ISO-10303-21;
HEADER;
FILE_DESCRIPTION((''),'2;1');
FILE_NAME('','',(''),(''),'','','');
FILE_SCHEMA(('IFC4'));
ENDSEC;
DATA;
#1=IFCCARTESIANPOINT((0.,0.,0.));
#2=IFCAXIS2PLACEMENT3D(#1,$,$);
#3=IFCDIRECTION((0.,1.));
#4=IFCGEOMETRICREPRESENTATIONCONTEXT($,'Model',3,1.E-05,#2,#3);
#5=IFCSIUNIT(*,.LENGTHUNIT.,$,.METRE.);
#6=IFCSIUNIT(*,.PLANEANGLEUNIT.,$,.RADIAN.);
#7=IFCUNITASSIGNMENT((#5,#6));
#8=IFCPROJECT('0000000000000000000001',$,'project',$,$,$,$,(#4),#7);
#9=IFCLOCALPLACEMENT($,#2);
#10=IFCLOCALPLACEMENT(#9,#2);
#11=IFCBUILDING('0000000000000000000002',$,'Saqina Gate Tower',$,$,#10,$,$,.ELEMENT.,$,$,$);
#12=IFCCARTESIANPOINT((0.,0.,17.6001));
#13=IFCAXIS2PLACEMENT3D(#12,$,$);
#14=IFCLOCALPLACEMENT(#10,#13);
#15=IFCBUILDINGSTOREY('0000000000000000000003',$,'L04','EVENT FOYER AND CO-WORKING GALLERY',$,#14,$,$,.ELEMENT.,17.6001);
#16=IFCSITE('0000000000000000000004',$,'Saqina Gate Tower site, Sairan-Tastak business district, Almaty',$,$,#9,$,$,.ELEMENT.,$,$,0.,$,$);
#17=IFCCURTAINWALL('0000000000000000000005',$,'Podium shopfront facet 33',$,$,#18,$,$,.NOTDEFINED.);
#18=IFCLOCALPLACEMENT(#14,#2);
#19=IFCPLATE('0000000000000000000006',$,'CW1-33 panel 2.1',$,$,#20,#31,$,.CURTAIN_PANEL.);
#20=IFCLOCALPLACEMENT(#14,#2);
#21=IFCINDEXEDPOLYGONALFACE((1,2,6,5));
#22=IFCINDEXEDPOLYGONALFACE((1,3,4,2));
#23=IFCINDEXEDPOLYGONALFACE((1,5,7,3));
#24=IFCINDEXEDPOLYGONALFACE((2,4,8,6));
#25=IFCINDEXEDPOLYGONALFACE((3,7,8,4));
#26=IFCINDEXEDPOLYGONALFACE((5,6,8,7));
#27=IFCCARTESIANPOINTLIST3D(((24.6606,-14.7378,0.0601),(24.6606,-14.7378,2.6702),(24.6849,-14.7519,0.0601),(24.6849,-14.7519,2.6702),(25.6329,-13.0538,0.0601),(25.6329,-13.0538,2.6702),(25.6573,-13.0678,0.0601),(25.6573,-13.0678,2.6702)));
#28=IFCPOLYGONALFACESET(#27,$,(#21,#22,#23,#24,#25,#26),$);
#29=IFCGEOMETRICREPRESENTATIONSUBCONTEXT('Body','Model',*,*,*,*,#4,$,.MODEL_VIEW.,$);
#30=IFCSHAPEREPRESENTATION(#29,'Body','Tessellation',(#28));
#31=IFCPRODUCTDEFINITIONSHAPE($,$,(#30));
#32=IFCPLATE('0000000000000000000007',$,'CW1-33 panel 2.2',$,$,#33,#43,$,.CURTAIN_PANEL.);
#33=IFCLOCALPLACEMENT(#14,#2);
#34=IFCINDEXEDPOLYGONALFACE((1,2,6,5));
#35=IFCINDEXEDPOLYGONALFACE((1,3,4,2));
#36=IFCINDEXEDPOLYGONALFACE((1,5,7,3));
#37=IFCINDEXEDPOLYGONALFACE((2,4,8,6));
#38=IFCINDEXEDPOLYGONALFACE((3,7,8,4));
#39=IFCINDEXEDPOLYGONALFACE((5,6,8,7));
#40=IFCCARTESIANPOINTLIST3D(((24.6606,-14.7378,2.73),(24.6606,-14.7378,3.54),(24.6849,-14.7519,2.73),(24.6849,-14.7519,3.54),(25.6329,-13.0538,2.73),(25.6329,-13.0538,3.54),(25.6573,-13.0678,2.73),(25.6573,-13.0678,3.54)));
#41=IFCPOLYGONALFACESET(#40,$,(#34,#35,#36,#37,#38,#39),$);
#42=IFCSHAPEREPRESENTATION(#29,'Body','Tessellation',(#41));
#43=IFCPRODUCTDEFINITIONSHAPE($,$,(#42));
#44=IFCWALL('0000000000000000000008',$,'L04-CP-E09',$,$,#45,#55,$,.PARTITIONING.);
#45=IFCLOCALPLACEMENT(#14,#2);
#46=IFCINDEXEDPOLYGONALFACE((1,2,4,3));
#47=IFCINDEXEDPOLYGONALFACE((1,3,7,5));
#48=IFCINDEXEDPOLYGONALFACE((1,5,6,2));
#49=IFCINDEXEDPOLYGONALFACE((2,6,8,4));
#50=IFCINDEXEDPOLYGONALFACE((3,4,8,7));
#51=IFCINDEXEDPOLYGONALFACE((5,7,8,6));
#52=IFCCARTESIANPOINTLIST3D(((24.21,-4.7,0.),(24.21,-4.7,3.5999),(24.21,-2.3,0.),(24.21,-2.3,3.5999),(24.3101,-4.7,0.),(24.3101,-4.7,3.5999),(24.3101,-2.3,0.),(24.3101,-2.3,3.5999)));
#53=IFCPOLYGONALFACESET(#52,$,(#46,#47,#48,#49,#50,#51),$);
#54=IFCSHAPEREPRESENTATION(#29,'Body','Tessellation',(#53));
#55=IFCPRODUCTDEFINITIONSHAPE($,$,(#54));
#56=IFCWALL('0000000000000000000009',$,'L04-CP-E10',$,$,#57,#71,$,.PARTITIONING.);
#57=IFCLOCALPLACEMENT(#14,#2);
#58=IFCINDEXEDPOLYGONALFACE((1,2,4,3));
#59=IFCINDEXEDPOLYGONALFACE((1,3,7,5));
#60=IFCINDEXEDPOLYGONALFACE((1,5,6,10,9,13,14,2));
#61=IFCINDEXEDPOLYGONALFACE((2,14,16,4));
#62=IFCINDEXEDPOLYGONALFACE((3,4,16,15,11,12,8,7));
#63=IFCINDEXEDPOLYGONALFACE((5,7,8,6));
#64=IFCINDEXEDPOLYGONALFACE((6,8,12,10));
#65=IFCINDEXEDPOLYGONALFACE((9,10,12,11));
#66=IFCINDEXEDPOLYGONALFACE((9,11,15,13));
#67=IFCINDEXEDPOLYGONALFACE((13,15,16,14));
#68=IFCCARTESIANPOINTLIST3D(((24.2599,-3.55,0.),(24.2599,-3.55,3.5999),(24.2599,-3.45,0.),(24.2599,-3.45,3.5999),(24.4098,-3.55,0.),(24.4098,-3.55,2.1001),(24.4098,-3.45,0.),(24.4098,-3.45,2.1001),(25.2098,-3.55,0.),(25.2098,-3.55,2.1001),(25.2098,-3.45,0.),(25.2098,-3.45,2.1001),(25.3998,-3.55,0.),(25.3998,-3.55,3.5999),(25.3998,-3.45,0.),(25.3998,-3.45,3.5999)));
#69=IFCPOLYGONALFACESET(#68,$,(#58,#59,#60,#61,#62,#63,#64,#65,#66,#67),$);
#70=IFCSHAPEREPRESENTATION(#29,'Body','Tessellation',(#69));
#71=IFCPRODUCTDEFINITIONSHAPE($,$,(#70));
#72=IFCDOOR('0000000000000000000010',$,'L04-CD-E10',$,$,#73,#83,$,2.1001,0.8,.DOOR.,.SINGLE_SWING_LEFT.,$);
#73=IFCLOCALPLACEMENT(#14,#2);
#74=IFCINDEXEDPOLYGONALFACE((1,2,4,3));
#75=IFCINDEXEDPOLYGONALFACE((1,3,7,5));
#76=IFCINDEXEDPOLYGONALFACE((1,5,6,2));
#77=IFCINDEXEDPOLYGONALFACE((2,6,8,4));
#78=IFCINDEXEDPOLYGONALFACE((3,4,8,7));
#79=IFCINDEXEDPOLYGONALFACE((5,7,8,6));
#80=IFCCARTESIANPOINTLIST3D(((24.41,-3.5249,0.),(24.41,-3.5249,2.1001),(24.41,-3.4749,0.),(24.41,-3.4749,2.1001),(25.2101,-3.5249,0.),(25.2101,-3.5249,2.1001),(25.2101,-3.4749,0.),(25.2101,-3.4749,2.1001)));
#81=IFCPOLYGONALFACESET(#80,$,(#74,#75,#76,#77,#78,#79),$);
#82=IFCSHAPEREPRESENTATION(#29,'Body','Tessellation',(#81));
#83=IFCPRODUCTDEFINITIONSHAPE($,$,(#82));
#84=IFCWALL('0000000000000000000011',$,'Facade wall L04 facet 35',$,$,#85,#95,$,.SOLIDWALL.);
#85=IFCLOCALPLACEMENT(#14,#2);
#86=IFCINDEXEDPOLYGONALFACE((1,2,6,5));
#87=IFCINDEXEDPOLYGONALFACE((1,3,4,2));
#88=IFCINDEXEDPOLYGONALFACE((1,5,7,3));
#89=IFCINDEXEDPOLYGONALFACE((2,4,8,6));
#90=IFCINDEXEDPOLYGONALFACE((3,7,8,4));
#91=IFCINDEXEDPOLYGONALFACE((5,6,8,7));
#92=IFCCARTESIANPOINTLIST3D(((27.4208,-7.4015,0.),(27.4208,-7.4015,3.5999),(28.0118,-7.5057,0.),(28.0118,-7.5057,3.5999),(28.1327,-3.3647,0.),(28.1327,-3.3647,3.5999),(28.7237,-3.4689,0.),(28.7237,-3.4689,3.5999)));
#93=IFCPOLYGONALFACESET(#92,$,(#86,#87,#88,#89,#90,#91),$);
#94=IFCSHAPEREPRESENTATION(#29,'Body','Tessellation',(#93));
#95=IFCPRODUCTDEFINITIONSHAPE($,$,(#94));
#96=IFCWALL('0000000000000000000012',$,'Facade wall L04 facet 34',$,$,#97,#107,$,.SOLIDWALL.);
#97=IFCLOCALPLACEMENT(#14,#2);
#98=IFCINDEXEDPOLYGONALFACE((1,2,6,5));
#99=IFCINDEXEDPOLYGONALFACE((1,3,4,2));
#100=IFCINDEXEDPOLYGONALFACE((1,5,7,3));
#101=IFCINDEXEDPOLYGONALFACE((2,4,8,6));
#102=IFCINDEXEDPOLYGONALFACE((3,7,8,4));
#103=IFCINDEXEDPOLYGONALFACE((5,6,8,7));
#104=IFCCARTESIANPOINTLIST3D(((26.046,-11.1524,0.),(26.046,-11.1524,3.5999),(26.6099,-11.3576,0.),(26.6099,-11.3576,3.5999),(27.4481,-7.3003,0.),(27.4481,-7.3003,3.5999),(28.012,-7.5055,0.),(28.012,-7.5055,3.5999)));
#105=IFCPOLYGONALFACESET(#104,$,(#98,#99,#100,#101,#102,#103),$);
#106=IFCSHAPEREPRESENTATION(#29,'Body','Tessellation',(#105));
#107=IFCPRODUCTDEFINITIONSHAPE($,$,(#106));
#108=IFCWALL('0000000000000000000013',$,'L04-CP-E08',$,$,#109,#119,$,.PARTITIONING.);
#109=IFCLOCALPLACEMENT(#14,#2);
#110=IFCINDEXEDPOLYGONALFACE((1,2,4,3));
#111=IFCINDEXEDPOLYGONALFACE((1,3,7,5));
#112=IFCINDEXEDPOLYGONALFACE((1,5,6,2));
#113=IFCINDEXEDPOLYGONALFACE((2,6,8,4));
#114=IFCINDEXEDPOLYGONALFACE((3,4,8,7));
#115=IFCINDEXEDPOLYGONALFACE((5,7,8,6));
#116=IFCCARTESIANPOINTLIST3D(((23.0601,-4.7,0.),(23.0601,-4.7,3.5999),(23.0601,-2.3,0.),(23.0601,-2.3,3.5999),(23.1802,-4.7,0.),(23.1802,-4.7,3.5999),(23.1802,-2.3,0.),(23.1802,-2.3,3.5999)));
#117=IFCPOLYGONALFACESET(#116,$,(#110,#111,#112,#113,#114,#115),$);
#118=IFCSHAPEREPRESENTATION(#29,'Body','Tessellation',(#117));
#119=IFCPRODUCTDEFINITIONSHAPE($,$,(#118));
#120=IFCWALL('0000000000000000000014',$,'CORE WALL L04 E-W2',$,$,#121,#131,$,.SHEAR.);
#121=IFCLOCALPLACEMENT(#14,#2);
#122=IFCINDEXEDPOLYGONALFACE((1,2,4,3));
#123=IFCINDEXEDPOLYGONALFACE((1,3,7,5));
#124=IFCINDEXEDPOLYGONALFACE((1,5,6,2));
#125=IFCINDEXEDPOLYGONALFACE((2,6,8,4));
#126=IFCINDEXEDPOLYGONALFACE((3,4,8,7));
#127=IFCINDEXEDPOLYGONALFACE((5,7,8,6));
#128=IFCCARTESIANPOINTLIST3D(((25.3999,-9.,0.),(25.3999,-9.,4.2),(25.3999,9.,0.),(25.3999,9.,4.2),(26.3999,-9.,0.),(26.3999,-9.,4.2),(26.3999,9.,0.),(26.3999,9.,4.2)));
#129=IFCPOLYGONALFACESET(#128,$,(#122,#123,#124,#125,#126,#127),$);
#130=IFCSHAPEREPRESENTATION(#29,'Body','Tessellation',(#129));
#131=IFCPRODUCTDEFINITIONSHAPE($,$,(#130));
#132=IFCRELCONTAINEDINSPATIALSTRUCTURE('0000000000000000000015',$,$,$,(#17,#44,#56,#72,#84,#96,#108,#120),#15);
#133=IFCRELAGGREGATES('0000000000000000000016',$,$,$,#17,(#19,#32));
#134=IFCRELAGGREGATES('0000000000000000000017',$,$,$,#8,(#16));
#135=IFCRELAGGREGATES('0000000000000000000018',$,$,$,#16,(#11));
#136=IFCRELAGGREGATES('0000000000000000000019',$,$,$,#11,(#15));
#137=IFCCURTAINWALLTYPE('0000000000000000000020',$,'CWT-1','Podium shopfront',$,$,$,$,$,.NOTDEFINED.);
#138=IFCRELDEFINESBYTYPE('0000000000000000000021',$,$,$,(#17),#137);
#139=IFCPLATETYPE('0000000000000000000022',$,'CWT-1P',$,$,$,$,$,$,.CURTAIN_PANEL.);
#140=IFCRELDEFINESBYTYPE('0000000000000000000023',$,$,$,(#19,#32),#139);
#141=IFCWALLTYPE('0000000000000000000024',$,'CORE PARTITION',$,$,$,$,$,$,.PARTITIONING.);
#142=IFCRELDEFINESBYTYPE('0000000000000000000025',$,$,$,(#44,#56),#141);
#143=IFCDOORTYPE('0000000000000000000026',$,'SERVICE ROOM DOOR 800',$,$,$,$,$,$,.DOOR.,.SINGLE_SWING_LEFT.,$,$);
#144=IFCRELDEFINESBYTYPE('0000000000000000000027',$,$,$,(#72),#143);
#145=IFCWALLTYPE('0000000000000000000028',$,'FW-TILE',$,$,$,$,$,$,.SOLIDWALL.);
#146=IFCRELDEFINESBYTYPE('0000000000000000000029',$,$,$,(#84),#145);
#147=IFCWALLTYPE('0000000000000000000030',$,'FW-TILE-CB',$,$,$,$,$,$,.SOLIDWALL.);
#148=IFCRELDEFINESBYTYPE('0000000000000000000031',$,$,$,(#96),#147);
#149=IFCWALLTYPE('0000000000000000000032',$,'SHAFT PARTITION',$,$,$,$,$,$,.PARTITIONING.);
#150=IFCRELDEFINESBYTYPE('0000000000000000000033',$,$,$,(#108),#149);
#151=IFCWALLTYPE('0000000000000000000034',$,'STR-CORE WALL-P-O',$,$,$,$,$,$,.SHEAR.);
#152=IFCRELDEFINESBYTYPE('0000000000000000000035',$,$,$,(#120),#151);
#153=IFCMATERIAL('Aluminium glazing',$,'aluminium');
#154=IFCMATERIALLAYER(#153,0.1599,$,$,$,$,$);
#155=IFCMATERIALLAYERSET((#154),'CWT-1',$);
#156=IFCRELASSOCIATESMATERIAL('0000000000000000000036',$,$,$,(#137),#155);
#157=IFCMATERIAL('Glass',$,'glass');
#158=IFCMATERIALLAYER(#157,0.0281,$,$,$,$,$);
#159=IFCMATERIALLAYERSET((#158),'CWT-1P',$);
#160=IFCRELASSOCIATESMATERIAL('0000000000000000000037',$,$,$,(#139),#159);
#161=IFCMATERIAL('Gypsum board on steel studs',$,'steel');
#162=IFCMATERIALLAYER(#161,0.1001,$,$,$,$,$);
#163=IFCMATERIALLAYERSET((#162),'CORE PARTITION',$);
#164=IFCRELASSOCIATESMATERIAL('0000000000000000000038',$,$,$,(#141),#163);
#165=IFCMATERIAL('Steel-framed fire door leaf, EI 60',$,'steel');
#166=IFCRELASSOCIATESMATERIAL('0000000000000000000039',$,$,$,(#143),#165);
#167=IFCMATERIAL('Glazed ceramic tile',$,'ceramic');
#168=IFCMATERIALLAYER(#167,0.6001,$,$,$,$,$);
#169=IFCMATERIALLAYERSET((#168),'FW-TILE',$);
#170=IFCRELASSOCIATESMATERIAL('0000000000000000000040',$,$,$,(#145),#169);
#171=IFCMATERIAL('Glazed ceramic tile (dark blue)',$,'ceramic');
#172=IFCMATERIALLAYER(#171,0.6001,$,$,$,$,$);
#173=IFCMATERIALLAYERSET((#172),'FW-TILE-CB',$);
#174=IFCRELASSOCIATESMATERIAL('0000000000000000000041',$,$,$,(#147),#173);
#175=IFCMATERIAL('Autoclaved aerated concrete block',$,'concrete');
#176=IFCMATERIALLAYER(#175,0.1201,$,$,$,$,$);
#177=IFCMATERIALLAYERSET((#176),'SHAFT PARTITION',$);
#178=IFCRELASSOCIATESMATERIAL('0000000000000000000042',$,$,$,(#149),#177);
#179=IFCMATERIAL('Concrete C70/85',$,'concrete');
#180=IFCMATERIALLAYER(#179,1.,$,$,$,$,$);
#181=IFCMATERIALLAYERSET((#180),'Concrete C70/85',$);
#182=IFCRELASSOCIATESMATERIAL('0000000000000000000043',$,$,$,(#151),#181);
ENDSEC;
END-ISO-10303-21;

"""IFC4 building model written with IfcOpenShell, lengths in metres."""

from ifc_helpers import new_model, si_unit, direction, frame, frame_2d, origin, origin_2d, place, context, subcontext, project, spatial, rectangle, extrude, material, layer, layer_set, type_object, element, fill, aggregate, save


model = new_model("IFC4")

# Units and contexts
model_context = context("Model", 3, precision=1e-05, world=origin(), true_north=direction((0.0, 1.0)))
body_context = subcontext(model_context, "Body", "Model", "MODEL_VIEW")
ifc_project = project(units=[si_unit("LENGTHUNIT", "METRE"), si_unit("PLANEANGLEUNIT", "RADIAN")], contexts=[model_context])

# Site, building, storey
site_placement = place(None, origin())
site = spatial("IfcSite", under=ifc_project, at=site_placement, Name="Saqina Gate Tower site, Sairan-Tastak business district, Almaty", CompositionType="ELEMENT", RefElevation=0.0)
building_placement = place(site_placement, origin())
building = spatial("IfcBuilding", under=site, at=building_placement, Name="Saqina Gate Tower", CompositionType="ELEMENT")
storey_placement = place(building_placement, frame((0.0, 0.0, 17.6001)))
storey = spatial("IfcBuildingStorey", under=building, at=storey_placement, Name="L04", Description="EVENT FOYER AND CO-WORKING GALLERY", CompositionType="ELEMENT", Elevation=17.6001)

# Shared definitions
ifc_material_1 = material(Name="Aluminium glazing", Category="aluminium")
ifc_layer_1 = layer(ifc_material_1, 0.1599)
ifc_layer_set_1 = layer_set([ifc_layer_1], Name="CWT-1")
curtain_wall_type = type_object("IfcCurtainWallType", Name="CWT-1", Description="Podium shopfront", PredefinedType="NOTDEFINED", material=ifc_layer_set_1)

# Curtain wall, plates
curtain_wall_1_placement = place(storey_placement, origin())
curtain_wall_1 = element("IfcCurtainWall", 1, at=curtain_wall_1_placement, inside=storey, type_object=curtain_wall_type, Name="Podium shopfront facet 33", PredefinedType="NOTDEFINED")
ifc_material_2 = material(Name="Glass", Category="glass")
ifc_layer_2 = layer(ifc_material_2, 0.0281)
ifc_layer_set_2 = layer_set([ifc_layer_2], Name="CWT-1P")
plate_type = type_object("IfcPlateType", Name="CWT-1P", PredefinedType="CURTAIN_PANEL", material=ifc_layer_set_2)
plate_1_placement = place(storey_placement, frame((25.1589, -13.9028, 0.0601), z_axis=(0.0, 0.0, 1.0), x_axis=(0.500014, 0.866017, 0.0)))
plate_1 = element("IfcPlate", 2, at=plate_1_placement, type_object=plate_type, Name="CW1-33 panel 2.1", PredefinedType="CURTAIN_PANEL", context=body_context, shape_type="SweptSolid", body=[
    extrude(rectangle(XDim=1.9446, YDim=0.0281, at=origin_2d()), origin(), (0.0, 0.0, 1.0), 2.6101),
])
plate_2_placement = place(storey_placement, frame((25.1589, -13.9028, 2.73), z_axis=(0.0, 0.0, 1.0), x_axis=(0.500014, 0.866017, 0.0)))
plate_2 = element("IfcPlate", 3, at=plate_2_placement, type_object=plate_type, Name="CW1-33 panel 2.2", PredefinedType="CURTAIN_PANEL", context=body_context, shape_type="SweptSolid", body=[
    extrude(rectangle(XDim=1.9446, YDim=0.0281, at=origin_2d()), origin(), (0.0, 0.0, 1.0), 0.8101),
])
aggregate(curtain_wall_1, [plate_1, plate_2])

# Wall
ifc_material_3 = material(Name="Gypsum board on steel studs", Category="steel")
ifc_layer_3 = layer(ifc_material_3, 0.1001)
ifc_layer_set_3 = layer_set([ifc_layer_3], Name="CORE PARTITION")
wall_type_1 = type_object("IfcWallType", Name="CORE PARTITION", PredefinedType="PARTITIONING", material=ifc_layer_set_3)
wall_1_placement = place(storey_placement, frame((24.26, -4.7, 0.0), z_axis=(0.0, 0.0, 1.0), x_axis=(0.0, 1.0, 0.0)))
element("IfcWall", 4, at=wall_1_placement, inside=storey, type_object=wall_type_1, Name="L04-CP-E09", PredefinedType="PARTITIONING", context=body_context, shape_type="SweptSolid", body=[
    extrude(rectangle(XDim=2.3999, YDim=0.1001, at=frame_2d((1.2, 0.0))), origin(), (0.0, 0.0, 1.0), 3.5999),
])

# Wall, opening, door
wall_2_placement = place(storey_placement, frame((24.26, -3.5, 0.0), z_axis=(0.0, 0.0, 1.0), x_axis=(1.0, 0.0, 0.0)))
wall_2 = element("IfcWall", 5, at=wall_2_placement, inside=storey, type_object=wall_type_1, Name="L04-CP-E10", PredefinedType="PARTITIONING", context=body_context, shape_type="SweptSolid", body=[
    extrude(rectangle(XDim=1.1399, YDim=0.1001, at=frame_2d((0.5698, 0.0))), origin(), (0.0, 0.0, 1.0), 3.5999),
])
opening_placement = place(wall_2_placement, frame((0.1499, 0.0, 0.0)))
opening = element("IfcOpeningElement", 6, at=opening_placement, cuts=wall_2, PredefinedType="OPENING", context=body_context, shape_type="SweptSolid", body=[
    extrude(rectangle(XDim=0.8, YDim=2.1001, at=frame_2d((0.3999, 1.05))), frame((0.0, 0.062, 0.0), z_axis=(0.0, -1.0, 0.0), x_axis=(1.0, 0.0, 0.0)), (0.0, 0.0, 1.0), 0.124),
])
ifc_material_4 = material(Name="Steel-framed fire door leaf, EI 60", Category="steel")
door_type = type_object("IfcDoorType", Name="SERVICE ROOM DOOR 800", OperationType="SINGLE_SWING_LEFT", PredefinedType="DOOR", material=ifc_material_4)
door_placement = place(opening_placement, frame((0.8, 0.0, 0.0), z_axis=(0.0, 0.0, 1.0), x_axis=(-1.0, 0.0, 0.0)))
door = element("IfcDoor", 7, at=door_placement, inside=storey, type_object=door_type, Name="L04-CD-E10", OperationType="SINGLE_SWING_LEFT", OverallHeight=2.1001, OverallWidth=0.8, PredefinedType="DOOR", context=body_context, shape_type="SweptSolid", body=[
    extrude(rectangle(XDim=0.8, YDim=2.1001, at=frame_2d((0.3999, 1.05))), frame((0.0, 0.0249, 0.0), z_axis=(0.0, -1.0, 0.0), x_axis=(1.0, 0.0, 0.0)), (0.0, 0.0, 1.0), 0.05),
])
fill(opening, door)

# Walls
ifc_material_5 = material(Name="Glazed ceramic tile", Category="ceramic")
ifc_layer_4 = layer(ifc_material_5, 0.6001)
ifc_layer_set_4 = layer_set([ifc_layer_4], Name="FW-TILE")
wall_type_2 = type_object("IfcWallType", Name="FW-TILE", PredefinedType="SOLIDWALL", material=ifc_layer_set_4)
wall_3_placement = place(storey_placement, frame((27.7163, -7.4536, 0.0), z_axis=(0.0, 0.0, 1.0), x_axis=(0.173673, 0.984803, 0.0)))
element("IfcWall", 8, at=wall_3_placement, inside=storey, type_object=wall_type_2, Name="Facade wall L04 facet 35", PredefinedType="SOLIDWALL", context=body_context, shape_type="SweptSolid", body=[
    extrude(rectangle(XDim=4.0991, YDim=0.6001, at=frame_2d((2.0496, 0.0))), origin(), (0.0, 0.0, 1.0), 3.5999),
])
ifc_material_6 = material(Name="Glazed ceramic tile (dark blue)", Category="ceramic")
ifc_layer_5 = layer(ifc_material_6, 0.6001)
ifc_layer_set_5 = layer_set([ifc_layer_5], Name="FW-TILE-CB")
wall_type_3 = type_object("IfcWallType", Name="FW-TILE-CB", PredefinedType="SOLIDWALL", material=ifc_layer_set_5)
wall_4_placement = place(storey_placement, frame((26.3279, -11.2551, 0.0), z_axis=(0.0, 0.0, 1.0), x_axis=(0.342035, 0.939687, 0.0)))
element("IfcWall", 9, at=wall_4_placement, inside=storey, type_object=wall_type_3, Name="Facade wall L04 facet 34", PredefinedType="SOLIDWALL", context=body_context, shape_type="SweptSolid", body=[
    extrude(rectangle(XDim=4.0994, YDim=0.6001, at=frame_2d((2.0498, 0.0))), origin(), (0.0, 0.0, 1.0), 3.5999),
])
ifc_material_7 = material(Name="Autoclaved aerated concrete block", Category="concrete")
ifc_layer_6 = layer(ifc_material_7, 0.1201)
ifc_layer_set_6 = layer_set([ifc_layer_6], Name="SHAFT PARTITION")
wall_type_4 = type_object("IfcWallType", Name="SHAFT PARTITION", PredefinedType="PARTITIONING", material=ifc_layer_set_6)
wall_5_placement = place(storey_placement, frame((23.1201, -4.7, 0.0), z_axis=(0.0, 0.0, 1.0), x_axis=(0.0, 1.0, 0.0)))
element("IfcWall", 10, at=wall_5_placement, inside=storey, type_object=wall_type_4, Name="L04-CP-E08", PredefinedType="PARTITIONING", context=body_context, shape_type="SweptSolid", body=[
    extrude(rectangle(XDim=2.3999, YDim=0.1201, at=frame_2d((1.2, 0.0))), origin(), (0.0, 0.0, 1.0), 3.5999),
])
ifc_material_8 = material(Name="Concrete C70/85", Category="concrete")
ifc_layer_7 = layer(ifc_material_8, 1.0)
ifc_layer_set_7 = layer_set([ifc_layer_7], Name="Concrete C70/85")
wall_type_5 = type_object("IfcWallType", Name="STR-CORE WALL-P-O", PredefinedType="SHEAR", material=ifc_layer_set_7)
wall_6_placement = place(storey_placement, frame((25.8999, -9.0, 0.0), z_axis=(0.0, 0.0, 1.0), x_axis=(0.0, 1.0, 0.0)))
element("IfcWall", 11, at=wall_6_placement, inside=storey, type_object=wall_type_5, Name="CORE WALL L04 E-W2", PredefinedType="SHEAR", context=body_context, shape_type="SweptSolid", body=[
    extrude(rectangle(XDim=18.0, YDim=1.0, at=frame_2d((9.0, 0.0))), origin(), (0.0, 0.0, 1.0), 4.2),
])

save(model, "model.ifc")
